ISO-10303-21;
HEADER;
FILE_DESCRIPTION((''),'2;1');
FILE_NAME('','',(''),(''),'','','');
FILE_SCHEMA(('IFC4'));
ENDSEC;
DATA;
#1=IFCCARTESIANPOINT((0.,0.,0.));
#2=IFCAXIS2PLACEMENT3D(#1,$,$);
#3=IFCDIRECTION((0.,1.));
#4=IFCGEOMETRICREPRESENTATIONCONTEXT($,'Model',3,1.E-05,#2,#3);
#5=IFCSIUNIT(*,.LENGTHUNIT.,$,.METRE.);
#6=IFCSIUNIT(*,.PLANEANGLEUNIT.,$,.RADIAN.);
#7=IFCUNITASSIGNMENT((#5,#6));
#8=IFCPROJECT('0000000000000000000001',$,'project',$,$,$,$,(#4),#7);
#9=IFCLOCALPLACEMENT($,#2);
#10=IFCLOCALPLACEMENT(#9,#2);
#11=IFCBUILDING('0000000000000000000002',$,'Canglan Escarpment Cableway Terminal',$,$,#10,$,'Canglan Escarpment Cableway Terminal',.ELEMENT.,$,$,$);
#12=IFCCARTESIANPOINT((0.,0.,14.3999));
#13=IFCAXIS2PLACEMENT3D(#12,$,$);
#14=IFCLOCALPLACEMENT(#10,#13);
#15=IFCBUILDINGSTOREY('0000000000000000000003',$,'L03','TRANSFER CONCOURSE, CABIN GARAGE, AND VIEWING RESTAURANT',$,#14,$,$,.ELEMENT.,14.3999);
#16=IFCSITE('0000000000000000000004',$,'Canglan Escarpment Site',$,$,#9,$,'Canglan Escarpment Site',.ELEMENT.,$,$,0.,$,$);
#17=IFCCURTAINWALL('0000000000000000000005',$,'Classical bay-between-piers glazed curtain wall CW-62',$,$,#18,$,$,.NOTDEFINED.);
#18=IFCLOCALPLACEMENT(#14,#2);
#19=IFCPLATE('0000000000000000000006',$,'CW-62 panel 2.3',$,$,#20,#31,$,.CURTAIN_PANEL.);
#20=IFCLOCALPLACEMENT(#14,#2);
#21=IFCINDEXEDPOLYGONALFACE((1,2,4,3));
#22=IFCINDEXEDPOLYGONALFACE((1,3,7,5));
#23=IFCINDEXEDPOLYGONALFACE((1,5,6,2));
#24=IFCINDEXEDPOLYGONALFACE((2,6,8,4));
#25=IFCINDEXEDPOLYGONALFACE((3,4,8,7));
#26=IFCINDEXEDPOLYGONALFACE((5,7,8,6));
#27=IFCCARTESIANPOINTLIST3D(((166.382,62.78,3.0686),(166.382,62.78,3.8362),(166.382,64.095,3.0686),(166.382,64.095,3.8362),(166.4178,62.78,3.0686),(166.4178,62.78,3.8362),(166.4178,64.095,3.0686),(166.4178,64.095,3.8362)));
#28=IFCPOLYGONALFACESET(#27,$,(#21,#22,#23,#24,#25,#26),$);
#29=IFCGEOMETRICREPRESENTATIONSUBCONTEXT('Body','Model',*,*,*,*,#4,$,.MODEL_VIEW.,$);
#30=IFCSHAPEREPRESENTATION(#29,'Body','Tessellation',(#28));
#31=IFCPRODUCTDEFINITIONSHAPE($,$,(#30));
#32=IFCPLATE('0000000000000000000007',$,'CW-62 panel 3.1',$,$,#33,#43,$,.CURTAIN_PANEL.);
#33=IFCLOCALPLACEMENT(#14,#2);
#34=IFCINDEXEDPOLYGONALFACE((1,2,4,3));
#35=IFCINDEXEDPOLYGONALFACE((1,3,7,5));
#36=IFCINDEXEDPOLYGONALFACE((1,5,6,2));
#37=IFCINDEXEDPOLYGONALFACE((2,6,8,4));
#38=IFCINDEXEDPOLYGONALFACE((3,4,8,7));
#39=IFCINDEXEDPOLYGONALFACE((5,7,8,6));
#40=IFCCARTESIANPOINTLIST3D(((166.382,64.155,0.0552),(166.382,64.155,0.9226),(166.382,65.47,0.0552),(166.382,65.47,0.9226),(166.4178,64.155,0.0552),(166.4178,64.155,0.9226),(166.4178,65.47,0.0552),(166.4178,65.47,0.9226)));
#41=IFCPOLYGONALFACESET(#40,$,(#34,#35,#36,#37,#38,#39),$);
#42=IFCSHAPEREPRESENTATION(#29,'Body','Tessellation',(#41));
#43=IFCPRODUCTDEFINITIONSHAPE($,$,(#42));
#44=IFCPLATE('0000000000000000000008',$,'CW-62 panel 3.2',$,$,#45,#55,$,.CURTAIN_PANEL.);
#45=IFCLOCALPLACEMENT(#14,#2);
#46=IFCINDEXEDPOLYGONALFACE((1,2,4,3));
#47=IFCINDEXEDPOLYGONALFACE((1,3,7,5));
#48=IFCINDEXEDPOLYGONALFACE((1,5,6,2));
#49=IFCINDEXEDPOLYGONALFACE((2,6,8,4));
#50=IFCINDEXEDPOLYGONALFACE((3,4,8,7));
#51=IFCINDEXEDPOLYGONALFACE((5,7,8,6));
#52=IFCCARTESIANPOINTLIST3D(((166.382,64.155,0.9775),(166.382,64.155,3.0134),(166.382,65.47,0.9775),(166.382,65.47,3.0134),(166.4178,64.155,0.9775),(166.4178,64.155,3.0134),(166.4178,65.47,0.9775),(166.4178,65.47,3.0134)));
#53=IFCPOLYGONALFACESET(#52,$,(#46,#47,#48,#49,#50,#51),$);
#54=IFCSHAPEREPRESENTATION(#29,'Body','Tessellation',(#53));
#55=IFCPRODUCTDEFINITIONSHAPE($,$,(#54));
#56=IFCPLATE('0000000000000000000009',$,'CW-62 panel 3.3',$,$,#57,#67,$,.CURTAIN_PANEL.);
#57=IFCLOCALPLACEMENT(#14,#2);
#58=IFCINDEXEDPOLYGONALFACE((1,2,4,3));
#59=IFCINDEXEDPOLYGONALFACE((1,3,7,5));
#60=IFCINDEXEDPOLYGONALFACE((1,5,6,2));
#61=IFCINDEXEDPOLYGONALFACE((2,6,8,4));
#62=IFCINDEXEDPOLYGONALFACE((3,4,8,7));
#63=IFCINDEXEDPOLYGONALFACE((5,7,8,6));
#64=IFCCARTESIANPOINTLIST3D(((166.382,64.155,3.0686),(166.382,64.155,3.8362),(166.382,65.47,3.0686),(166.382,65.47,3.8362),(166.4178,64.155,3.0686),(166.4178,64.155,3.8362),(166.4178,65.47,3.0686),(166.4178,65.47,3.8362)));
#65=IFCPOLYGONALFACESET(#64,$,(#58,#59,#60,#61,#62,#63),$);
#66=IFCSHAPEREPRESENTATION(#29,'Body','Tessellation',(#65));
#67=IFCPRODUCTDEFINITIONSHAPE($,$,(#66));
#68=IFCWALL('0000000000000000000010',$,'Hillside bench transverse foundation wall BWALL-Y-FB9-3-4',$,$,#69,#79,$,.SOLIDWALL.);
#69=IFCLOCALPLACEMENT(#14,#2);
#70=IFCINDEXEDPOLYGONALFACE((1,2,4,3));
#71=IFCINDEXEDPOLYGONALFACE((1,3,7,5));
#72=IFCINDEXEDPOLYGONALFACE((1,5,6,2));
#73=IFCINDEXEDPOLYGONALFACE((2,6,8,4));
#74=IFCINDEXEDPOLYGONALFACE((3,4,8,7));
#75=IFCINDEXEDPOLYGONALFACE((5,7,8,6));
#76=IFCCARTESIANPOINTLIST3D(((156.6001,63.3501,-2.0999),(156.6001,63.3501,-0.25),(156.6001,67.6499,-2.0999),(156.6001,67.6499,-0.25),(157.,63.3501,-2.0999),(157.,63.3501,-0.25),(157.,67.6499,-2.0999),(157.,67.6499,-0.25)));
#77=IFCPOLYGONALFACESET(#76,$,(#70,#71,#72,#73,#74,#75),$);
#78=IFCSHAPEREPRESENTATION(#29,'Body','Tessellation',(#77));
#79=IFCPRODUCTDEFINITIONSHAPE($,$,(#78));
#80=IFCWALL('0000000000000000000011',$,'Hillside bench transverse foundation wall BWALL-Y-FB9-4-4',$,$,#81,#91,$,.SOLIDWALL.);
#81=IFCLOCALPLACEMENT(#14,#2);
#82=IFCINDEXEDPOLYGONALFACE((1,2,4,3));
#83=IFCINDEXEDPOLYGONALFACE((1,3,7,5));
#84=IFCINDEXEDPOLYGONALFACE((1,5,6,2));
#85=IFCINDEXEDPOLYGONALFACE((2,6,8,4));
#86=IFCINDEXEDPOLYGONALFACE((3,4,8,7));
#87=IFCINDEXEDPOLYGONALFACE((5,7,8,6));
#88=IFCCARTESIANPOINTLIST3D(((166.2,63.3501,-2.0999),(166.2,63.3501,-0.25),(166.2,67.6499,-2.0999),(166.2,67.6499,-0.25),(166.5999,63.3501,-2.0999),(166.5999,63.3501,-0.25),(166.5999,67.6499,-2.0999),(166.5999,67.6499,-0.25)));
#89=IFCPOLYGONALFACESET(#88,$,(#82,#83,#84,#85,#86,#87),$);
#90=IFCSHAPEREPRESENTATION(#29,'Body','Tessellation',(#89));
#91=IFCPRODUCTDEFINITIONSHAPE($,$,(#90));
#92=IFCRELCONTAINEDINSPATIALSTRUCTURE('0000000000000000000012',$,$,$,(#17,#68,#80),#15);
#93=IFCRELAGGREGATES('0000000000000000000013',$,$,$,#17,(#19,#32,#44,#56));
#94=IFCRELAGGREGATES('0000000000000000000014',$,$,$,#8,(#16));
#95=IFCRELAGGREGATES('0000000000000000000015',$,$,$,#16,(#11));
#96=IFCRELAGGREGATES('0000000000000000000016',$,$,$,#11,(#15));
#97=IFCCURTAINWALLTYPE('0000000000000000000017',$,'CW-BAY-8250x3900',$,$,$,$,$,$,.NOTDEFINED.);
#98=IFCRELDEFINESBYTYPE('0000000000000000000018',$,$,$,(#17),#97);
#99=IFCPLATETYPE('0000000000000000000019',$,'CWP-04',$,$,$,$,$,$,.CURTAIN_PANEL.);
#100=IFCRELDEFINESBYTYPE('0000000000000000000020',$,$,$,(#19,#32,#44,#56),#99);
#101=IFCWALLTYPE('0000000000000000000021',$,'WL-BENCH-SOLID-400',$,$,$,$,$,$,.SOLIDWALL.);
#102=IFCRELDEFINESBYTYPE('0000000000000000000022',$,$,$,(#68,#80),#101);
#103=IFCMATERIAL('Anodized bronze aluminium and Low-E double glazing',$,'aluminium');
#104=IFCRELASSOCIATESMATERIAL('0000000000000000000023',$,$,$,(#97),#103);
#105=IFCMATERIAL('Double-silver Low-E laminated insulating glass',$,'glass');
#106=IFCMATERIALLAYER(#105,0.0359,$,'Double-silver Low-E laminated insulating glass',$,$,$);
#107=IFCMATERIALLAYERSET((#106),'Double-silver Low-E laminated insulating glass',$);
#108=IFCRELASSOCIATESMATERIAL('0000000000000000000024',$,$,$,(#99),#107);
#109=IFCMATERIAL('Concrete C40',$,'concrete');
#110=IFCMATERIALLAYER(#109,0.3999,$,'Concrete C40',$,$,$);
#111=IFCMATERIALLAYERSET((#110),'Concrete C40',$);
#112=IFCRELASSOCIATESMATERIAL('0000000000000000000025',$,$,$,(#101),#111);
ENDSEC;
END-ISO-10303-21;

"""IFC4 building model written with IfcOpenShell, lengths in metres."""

from ifc_helpers import new_model, si_unit, direction, frame, frame_2d, origin, origin_2d, place, context, subcontext, project, spatial, rectangle, extrude, material, layer, layer_set, type_object, element, aggregate, save


model = new_model("IFC4")

# Units and contexts
model_context = context("Model", 3, precision=1e-05, world=origin(), true_north=direction((0.0, 1.0)))
body_context = subcontext(model_context, "Body", "Model", "MODEL_VIEW")
ifc_project = project(units=[si_unit("LENGTHUNIT", "METRE"), si_unit("PLANEANGLEUNIT", "RADIAN")], contexts=[model_context])

# Site, building, storey
site_placement = place(None, origin())
site = spatial("IfcSite", under=ifc_project, at=site_placement, Name="Canglan Escarpment Site", LongName="Canglan Escarpment Site", CompositionType="ELEMENT", RefElevation=0.0)
building_placement = place(site_placement, origin())
building = spatial("IfcBuilding", under=site, at=building_placement, Name="Canglan Escarpment Cableway Terminal", LongName="Canglan Escarpment Cableway Terminal", CompositionType="ELEMENT")
storey_placement = place(building_placement, frame((0.0, 0.0, 14.3999)))
storey = spatial("IfcBuildingStorey", under=building, at=storey_placement, Name="L03", Description="TRANSFER CONCOURSE, CABIN GARAGE, AND VIEWING RESTAURANT", CompositionType="ELEMENT", Elevation=14.3999)

# Shared definitions
ifc_material_1 = material(Name="Concrete C40", Category="concrete")

# Curtain wall
ifc_material_2 = material(Name="Anodized bronze aluminium and Low-E double glazing", Category="aluminium")
curtain_wall_type = type_object("IfcCurtainWallType", Name="CW-BAY-8250x3900", PredefinedType="NOTDEFINED", material=ifc_material_2)
curtain_wall_placement = place(storey_placement, origin())
curtain_wall = element("IfcCurtainWall", 1, at=curtain_wall_placement, inside=storey, type_object=curtain_wall_type, Name="Classical bay-between-piers glazed curtain wall CW-62", PredefinedType="NOTDEFINED")

# Plates
ifc_material_3 = material(Name="Double-silver Low-E laminated insulating glass", Category="glass")
ifc_layer_1 = layer(ifc_material_3, 0.0359, Name="Double-silver Low-E laminated insulating glass")
ifc_layer_set_1 = layer_set([ifc_layer_1], Name="Double-silver Low-E laminated insulating glass")
plate_type = type_object("IfcPlateType", Name="CWP-04", PredefinedType="CURTAIN_PANEL", material=ifc_layer_set_1)
plate_1_placement = place(storey_placement, frame((166.3999, 63.4375, 3.0686), z_axis=(0.0, 0.0, 1.0), x_axis=(0.0, 1.0, 0.0)))
plate_1 = element("IfcPlate", 2, at=plate_1_placement, type_object=plate_type, Name="CW-62 panel 2.3", PredefinedType="CURTAIN_PANEL", context=body_context, shape_type="SweptSolid", body=[
    extrude(rectangle(XDim=1.3149, YDim=0.0359, at=origin_2d()), origin(), (0.0, 0.0, 1.0), 0.7676),
])
plate_2_placement = place(storey_placement, frame((166.3999, 64.8125, 0.0552), z_axis=(0.0, 0.0, 1.0), x_axis=(0.0, 1.0, 0.0)))
plate_2 = element("IfcPlate", 3, at=plate_2_placement, type_object=plate_type, Name="CW-62 panel 3.1", PredefinedType="CURTAIN_PANEL", context=body_context, shape_type="SweptSolid", body=[
    extrude(rectangle(XDim=1.3149, YDim=0.0359, at=origin_2d()), origin(), (0.0, 0.0, 1.0), 0.8674),
])
plate_3_placement = place(storey_placement, frame((166.3999, 64.8125, 0.9775), z_axis=(0.0, 0.0, 1.0), x_axis=(0.0, 1.0, 0.0)))
plate_3 = element("IfcPlate", 4, at=plate_3_placement, type_object=plate_type, Name="CW-62 panel 3.2", PredefinedType="CURTAIN_PANEL", context=body_context, shape_type="SweptSolid", body=[
    extrude(rectangle(XDim=1.3149, YDim=0.0359, at=origin_2d()), origin(), (0.0, 0.0, 1.0), 2.0359),
])
plate_4_placement = place(storey_placement, frame((166.3999, 64.8125, 3.0686), z_axis=(0.0, 0.0, 1.0), x_axis=(0.0, 1.0, 0.0)))
plate_4 = element("IfcPlate", 5, at=plate_4_placement, type_object=plate_type, Name="CW-62 panel 3.3", PredefinedType="CURTAIN_PANEL", context=body_context, shape_type="SweptSolid", body=[
    extrude(rectangle(XDim=1.3149, YDim=0.0359, at=origin_2d()), origin(), (0.0, 0.0, 1.0), 0.7676),
])
aggregate(curtain_wall, [plate_1, plate_2, plate_3, plate_4])

# Walls
ifc_layer_2 = layer(ifc_material_1, 0.3999, Name="Concrete C40")
ifc_layer_set_2 = layer_set([ifc_layer_2], Name="Concrete C40")
wall_type = type_object("IfcWallType", Name="WL-BENCH-SOLID-400", PredefinedType="SOLIDWALL", material=ifc_layer_set_2)
for number, where, z_axis, x_axis, name in (
    (6, (156.8, 63.3501, -2.0999), (0.0, 0.0, 1.0), (0.0, 1.0, 0.0), "Hillside bench transverse foundation wall BWALL-Y-FB9-3-4"),
    (7, (166.3999, 63.3501, -2.0999), (0.0, 0.0, 1.0), (0.0, 1.0, 0.0), "Hillside bench transverse foundation wall BWALL-Y-FB9-4-4"),
):
    element("IfcWall", number, at=place(storey_placement, frame(where, z_axis=z_axis, x_axis=x_axis)), inside=storey, type_object=wall_type, Name=name, PredefinedType="SOLIDWALL", context=body_context, shape_type="SweptSolid", body=[
        extrude(rectangle(XDim=4.2998, YDim=0.3999, at=frame_2d((2.1499, 0.0))), origin(), (0.0, 0.0, 1.0), 1.8499),
    ])

save(model, "model.ifc")
